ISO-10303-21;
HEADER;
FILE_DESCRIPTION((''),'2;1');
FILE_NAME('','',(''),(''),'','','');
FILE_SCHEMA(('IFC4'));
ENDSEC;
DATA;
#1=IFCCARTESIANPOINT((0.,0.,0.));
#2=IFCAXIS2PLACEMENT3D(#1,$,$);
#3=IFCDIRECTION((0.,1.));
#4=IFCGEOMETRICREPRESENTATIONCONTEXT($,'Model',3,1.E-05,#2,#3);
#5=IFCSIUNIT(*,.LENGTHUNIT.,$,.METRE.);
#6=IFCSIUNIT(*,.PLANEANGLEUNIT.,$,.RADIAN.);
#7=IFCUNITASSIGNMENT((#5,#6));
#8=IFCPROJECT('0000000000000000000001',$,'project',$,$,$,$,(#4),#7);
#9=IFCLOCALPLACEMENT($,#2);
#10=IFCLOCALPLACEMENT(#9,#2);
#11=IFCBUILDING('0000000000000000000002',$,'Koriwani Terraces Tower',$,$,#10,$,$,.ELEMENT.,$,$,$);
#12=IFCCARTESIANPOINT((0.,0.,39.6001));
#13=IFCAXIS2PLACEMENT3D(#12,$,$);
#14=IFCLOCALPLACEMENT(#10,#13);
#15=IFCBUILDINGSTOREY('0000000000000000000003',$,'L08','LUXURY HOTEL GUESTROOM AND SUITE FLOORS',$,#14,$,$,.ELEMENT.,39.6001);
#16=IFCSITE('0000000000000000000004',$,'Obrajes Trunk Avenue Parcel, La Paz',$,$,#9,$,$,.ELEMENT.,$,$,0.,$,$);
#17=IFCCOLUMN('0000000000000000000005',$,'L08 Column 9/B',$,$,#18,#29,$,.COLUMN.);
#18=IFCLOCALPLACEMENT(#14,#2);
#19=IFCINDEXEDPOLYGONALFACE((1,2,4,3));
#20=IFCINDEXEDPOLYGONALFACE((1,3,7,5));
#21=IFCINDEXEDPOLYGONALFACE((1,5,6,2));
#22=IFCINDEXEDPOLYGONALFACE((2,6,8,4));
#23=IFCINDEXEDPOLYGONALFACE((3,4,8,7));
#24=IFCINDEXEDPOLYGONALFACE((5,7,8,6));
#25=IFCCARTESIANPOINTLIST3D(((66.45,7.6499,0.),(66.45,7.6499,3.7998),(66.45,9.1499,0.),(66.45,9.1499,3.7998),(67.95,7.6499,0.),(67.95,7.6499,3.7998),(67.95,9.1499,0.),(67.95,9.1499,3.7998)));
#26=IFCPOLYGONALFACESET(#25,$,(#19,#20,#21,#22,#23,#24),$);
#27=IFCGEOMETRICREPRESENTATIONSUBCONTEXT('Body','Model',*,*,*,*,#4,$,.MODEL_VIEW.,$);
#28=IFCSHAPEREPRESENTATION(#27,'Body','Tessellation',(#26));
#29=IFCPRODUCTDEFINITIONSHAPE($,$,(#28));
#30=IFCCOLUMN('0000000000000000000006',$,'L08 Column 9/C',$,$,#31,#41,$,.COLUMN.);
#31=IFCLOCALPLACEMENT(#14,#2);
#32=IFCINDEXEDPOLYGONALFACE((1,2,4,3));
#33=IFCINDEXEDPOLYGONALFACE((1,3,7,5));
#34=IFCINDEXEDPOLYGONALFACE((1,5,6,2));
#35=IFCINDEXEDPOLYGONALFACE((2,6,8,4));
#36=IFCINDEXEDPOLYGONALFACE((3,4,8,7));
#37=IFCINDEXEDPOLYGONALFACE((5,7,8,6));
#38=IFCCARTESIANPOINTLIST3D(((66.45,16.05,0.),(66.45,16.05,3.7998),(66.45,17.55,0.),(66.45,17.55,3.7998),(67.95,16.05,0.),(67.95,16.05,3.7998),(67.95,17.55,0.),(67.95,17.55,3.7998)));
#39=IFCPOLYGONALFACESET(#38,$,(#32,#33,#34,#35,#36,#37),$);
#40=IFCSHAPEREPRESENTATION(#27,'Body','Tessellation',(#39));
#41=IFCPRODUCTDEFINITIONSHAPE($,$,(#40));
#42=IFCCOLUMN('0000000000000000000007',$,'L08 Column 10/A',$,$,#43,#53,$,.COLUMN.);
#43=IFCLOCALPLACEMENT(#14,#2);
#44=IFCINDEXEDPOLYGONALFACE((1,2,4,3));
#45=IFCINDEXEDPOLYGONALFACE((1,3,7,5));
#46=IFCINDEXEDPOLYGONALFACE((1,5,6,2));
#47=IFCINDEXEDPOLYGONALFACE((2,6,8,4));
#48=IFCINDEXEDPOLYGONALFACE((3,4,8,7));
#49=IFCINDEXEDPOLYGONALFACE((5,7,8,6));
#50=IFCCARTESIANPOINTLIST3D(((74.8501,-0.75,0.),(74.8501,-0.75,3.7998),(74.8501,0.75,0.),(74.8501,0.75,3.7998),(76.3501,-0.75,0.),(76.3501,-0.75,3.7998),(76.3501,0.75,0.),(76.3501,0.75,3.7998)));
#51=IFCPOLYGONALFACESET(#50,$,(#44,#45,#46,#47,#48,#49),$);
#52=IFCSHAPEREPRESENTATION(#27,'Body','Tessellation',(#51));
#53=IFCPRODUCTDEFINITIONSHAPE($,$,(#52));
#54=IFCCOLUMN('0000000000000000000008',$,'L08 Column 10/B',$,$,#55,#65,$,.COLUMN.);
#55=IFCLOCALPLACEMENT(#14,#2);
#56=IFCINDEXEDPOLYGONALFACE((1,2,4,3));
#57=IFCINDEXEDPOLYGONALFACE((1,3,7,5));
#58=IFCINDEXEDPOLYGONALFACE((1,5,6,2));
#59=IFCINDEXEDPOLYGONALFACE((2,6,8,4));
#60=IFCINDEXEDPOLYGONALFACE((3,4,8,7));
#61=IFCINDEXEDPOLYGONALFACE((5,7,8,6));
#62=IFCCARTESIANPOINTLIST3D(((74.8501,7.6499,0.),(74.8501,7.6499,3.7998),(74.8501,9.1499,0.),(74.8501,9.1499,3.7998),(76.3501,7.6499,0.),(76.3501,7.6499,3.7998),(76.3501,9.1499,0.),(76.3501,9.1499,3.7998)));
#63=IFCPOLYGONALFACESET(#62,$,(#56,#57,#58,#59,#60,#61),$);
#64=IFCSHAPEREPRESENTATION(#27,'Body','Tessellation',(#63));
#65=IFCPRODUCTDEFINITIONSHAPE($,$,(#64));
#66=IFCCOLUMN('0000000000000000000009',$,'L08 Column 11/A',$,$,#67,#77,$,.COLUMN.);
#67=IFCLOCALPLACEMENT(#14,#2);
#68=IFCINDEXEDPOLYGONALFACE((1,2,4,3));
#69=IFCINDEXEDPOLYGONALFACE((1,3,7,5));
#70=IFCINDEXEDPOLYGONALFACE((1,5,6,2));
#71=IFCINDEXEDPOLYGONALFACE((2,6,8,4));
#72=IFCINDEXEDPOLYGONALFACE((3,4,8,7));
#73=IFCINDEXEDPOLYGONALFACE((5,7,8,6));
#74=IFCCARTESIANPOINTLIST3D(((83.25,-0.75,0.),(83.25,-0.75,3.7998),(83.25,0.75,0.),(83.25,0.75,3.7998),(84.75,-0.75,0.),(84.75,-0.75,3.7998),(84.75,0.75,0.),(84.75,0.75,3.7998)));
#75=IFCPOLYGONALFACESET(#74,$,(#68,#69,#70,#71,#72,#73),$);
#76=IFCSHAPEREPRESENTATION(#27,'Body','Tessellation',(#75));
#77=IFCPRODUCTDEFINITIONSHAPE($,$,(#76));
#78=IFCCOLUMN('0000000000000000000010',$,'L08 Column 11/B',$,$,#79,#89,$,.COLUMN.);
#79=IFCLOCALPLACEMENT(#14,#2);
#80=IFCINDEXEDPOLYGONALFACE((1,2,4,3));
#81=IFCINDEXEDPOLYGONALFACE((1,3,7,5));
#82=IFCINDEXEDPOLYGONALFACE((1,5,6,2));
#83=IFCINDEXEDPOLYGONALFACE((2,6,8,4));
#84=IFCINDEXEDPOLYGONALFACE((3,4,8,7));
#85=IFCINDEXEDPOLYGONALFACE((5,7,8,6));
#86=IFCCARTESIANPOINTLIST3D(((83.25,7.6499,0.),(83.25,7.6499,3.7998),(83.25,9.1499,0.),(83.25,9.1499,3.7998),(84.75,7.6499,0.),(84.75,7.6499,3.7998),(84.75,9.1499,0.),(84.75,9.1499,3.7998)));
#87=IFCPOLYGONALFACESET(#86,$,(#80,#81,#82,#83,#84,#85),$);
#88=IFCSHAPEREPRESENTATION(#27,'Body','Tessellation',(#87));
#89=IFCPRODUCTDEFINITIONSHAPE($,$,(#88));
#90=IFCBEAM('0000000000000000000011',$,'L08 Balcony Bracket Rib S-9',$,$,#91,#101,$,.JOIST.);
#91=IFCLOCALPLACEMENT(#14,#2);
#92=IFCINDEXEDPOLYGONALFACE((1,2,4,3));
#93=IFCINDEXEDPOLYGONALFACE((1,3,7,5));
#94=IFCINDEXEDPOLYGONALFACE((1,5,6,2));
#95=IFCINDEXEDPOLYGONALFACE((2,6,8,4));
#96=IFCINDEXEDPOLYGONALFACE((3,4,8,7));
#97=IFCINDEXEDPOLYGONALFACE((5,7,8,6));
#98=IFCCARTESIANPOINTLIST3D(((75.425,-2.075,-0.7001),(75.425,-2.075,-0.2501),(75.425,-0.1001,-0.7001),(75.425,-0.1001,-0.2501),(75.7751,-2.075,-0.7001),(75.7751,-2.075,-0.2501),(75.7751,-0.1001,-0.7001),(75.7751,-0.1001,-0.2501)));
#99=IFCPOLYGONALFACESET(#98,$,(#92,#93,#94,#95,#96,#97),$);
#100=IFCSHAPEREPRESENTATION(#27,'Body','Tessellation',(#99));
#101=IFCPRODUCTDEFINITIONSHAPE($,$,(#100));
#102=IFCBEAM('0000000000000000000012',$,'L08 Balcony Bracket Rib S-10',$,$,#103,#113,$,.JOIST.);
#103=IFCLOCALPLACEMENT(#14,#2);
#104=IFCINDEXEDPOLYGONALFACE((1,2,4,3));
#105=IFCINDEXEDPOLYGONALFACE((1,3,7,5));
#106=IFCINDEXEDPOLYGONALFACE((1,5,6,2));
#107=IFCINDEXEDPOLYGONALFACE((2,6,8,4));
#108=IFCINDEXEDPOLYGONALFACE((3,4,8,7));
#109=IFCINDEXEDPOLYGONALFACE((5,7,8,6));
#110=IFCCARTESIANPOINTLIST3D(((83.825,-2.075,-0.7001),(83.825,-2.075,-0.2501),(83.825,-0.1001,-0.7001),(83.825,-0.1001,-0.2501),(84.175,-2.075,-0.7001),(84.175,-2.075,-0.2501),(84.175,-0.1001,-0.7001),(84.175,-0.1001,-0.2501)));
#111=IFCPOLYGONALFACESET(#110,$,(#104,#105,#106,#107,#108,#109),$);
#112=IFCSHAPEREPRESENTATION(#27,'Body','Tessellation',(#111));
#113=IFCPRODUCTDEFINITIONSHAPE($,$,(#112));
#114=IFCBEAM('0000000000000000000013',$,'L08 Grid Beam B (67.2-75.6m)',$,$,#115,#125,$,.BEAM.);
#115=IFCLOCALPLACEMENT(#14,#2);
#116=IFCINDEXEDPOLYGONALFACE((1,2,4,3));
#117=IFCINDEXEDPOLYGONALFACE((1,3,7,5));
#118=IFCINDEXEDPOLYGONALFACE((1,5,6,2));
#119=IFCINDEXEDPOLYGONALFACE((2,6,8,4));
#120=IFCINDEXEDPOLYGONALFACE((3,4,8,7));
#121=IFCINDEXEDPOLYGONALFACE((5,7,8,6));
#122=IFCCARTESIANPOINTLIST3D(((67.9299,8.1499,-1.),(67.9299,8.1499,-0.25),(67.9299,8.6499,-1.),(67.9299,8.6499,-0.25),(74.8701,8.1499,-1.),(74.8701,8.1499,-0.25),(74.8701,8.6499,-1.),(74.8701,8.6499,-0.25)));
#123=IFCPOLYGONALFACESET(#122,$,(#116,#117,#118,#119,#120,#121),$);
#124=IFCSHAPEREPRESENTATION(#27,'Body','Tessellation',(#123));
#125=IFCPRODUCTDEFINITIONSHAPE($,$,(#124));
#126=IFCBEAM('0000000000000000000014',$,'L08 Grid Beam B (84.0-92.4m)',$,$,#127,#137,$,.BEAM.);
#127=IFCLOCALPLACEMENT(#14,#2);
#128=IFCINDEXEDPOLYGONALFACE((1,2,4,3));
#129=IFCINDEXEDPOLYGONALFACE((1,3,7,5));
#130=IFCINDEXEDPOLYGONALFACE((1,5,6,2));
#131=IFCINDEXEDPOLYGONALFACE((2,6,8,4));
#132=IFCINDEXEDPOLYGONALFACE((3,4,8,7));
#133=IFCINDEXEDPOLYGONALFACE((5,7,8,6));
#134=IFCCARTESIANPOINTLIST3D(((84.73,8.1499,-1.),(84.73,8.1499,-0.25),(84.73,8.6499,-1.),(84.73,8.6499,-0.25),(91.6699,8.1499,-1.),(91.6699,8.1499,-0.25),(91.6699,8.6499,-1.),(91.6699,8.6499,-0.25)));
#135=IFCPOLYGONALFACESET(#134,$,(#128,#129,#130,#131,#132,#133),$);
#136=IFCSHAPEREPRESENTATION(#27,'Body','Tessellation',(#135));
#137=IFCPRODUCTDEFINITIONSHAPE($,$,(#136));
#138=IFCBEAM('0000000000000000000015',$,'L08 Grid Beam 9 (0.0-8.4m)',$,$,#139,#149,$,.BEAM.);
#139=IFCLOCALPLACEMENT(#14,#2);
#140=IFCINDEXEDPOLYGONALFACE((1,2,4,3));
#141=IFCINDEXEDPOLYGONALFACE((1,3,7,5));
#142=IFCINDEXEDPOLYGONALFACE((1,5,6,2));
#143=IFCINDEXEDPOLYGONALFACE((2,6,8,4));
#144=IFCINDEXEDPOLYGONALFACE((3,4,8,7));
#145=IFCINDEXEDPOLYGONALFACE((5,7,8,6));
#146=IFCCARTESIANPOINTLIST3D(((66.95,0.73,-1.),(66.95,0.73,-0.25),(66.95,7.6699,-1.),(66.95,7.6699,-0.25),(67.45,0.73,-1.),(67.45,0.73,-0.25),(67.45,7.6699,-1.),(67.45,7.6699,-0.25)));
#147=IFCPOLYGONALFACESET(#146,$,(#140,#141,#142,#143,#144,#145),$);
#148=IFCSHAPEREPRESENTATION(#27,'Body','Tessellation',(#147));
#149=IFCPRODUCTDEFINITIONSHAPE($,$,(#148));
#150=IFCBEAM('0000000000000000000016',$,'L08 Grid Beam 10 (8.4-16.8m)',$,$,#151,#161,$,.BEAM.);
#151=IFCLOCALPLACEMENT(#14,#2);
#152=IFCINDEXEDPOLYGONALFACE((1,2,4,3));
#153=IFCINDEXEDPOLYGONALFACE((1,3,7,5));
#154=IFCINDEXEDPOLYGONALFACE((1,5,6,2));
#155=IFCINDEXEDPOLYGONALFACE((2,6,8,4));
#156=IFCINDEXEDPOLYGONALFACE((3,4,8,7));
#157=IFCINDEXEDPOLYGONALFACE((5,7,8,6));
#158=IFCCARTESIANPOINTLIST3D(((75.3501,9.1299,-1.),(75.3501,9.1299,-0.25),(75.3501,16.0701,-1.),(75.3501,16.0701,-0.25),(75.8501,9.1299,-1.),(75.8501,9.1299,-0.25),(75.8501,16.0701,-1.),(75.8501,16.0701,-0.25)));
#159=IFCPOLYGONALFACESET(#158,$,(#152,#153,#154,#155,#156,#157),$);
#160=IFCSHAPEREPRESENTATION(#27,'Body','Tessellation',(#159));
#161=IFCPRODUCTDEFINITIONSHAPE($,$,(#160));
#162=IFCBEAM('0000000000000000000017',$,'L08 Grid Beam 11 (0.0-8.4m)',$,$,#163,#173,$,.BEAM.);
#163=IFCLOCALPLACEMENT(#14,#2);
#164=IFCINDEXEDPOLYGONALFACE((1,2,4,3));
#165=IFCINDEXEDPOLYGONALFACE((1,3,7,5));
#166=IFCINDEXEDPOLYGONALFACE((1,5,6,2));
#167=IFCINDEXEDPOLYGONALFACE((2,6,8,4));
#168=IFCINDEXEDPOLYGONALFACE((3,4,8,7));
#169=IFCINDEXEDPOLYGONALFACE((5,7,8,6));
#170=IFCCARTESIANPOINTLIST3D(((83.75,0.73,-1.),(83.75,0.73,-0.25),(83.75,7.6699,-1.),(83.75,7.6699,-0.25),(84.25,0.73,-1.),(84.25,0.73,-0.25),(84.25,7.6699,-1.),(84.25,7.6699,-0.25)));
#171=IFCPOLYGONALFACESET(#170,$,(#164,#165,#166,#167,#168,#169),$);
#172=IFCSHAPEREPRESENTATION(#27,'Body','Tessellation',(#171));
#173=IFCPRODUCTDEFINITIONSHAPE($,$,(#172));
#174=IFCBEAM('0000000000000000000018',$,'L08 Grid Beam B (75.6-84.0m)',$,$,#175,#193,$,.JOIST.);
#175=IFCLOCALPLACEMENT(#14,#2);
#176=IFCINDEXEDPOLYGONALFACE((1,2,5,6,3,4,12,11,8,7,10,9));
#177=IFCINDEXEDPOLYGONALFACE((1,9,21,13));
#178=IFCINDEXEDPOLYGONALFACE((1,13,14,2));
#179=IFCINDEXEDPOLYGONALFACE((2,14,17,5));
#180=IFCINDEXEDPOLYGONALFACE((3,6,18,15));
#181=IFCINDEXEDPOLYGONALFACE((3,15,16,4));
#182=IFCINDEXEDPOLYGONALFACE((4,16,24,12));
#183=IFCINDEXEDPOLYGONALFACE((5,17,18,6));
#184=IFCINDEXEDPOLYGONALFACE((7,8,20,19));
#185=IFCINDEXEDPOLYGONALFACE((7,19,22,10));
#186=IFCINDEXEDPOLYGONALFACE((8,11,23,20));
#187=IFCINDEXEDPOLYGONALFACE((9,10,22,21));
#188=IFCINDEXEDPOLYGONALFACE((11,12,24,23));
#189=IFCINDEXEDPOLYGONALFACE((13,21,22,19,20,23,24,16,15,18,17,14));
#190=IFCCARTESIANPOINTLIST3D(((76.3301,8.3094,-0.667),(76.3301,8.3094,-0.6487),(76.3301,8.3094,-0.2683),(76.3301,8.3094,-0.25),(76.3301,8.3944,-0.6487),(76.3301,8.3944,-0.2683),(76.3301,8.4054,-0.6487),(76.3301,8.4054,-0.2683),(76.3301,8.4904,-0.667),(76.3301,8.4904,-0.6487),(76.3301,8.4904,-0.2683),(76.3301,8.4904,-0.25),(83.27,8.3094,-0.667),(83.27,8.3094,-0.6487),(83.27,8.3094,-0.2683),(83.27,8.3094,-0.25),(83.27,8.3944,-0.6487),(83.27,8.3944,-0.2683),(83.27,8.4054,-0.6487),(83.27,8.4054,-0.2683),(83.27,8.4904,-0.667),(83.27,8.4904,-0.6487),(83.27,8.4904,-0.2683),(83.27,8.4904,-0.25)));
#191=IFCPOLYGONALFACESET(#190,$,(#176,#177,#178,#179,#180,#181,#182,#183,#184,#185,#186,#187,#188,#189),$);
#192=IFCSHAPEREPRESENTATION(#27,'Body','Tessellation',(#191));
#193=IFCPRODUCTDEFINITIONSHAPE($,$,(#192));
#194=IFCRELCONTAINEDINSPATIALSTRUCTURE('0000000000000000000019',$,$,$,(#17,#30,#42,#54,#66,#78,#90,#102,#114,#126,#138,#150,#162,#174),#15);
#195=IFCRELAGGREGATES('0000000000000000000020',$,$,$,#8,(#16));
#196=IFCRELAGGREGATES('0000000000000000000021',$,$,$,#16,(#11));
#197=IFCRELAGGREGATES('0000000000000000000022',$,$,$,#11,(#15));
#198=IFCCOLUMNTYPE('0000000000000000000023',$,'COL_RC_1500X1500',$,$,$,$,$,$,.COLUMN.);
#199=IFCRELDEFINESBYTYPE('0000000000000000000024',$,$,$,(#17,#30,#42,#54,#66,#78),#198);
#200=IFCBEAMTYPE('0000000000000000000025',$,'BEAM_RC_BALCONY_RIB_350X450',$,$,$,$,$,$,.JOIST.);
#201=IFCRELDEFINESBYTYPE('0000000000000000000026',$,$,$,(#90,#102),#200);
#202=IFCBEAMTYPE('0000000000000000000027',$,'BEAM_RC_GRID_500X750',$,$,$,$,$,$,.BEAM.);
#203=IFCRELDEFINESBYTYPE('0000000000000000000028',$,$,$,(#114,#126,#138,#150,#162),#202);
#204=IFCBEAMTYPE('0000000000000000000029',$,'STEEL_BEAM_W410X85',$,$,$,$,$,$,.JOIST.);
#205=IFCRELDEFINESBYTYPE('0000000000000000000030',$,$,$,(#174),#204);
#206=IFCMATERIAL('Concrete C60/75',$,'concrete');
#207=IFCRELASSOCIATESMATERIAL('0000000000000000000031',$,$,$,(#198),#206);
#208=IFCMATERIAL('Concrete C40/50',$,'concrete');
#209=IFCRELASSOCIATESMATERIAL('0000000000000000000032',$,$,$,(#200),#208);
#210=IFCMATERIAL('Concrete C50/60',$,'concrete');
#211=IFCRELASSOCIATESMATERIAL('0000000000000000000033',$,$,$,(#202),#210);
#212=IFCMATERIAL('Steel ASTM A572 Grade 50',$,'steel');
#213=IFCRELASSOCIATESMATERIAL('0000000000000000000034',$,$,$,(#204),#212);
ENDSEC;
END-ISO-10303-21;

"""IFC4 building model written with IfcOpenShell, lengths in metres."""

from ifc_helpers import new_model, si_unit, direction, frame, origin, origin_2d, place, context, subcontext, project, spatial, rectangle, i_section, extrude, material, material_profile, profile_set, type_object, element, save


model = new_model("IFC4")

# Units and contexts
model_context = context("Model", 3, precision=1e-05, world=origin(), true_north=direction((0.0, 1.0)))
body_context = subcontext(model_context, "Body", "Model", "MODEL_VIEW")
ifc_project = project(units=[si_unit("LENGTHUNIT", "METRE"), si_unit("PLANEANGLEUNIT", "RADIAN")], contexts=[model_context])

# Site, building, storey
site_placement = place(None, origin())
site = spatial("IfcSite", under=ifc_project, at=site_placement, Name="Obrajes Trunk Avenue Parcel, La Paz", CompositionType="ELEMENT", RefElevation=0.0)
building_placement = place(site_placement, origin())
building = spatial("IfcBuilding", under=site, at=building_placement, Name="Koriwani Terraces Tower", CompositionType="ELEMENT")
storey_placement = place(building_placement, frame((0.0, 0.0, 39.6001)))
storey = spatial("IfcBuildingStorey", under=building, at=storey_placement, Name="L08", Description="LUXURY HOTEL GUESTROOM AND SUITE FLOORS", CompositionType="ELEMENT", Elevation=39.6001)

# Columns
ifc_material_1 = material(Name="Concrete C60/75", Category="concrete")
ifc_material_profile_1 = material_profile(ifc_material_1, rectangle(XDim=1.5, YDim=1.5, at=origin_2d()), Name="Concrete C60/75", Category="LoadBearing")
ifc_profile_set_1 = profile_set([ifc_material_profile_1], Name="Concrete C60/75")
column_type = type_object("IfcColumnType", Name="COL_RC_1500X1500", PredefinedType="COLUMN", material=ifc_profile_set_1)
for number, where, z_axis, x_axis, name in (
    (1, (67.2, 8.3999, 0.0), (0.0, 0.0, 1.0), (1.0, 0.0, 0.0), "L08 Column 9/B"),
    (2, (67.2, 16.8, 0.0), (0.0, 0.0, 1.0), (1.0, 0.0, 0.0), "L08 Column 9/C"),
    (3, (75.6001, 0.0, 0.0), (0.0, 0.0, 1.0), (1.0, 0.0, 0.0), "L08 Column 10/A"),
    (4, (75.6001, 8.3999, 0.0), (0.0, 0.0, 1.0), (1.0, 0.0, 0.0), "L08 Column 10/B"),
    (5, (84.0, 0.0, 0.0), (0.0, 0.0, 1.0), (1.0, 0.0, 0.0), "L08 Column 11/A"),
    (6, (84.0, 8.3999, 0.0), (0.0, 0.0, 1.0), (1.0, 0.0, 0.0), "L08 Column 11/B"),
):
    element("IfcColumn", number, at=place(storey_placement, frame(where, z_axis=z_axis, x_axis=x_axis)), inside=storey, type_object=column_type, Name=name, PredefinedType="COLUMN", context=body_context, shape_type="SweptSolid", body=[
        extrude(rectangle(XDim=1.5, YDim=1.5, at=origin_2d()), origin(), (0.0, 0.0, 1.0), 3.7998),
    ])

# Beams
ifc_material_2 = material(Name="Concrete C40/50", Category="concrete")
ifc_material_profile_2 = material_profile(ifc_material_2, rectangle(XDim=0.3501, YDim=0.45, at=origin_2d()), Name="Concrete C40/50", Category="LoadBearing")
ifc_profile_set_2 = profile_set([ifc_material_profile_2], Name="Concrete C40/50")
beam_type_1 = type_object("IfcBeamType", Name="BEAM_RC_BALCONY_RIB_350X450", PredefinedType="JOIST", material=ifc_profile_set_2)
for number, where, z_axis, x_axis, name in (
    (7, (75.6001, -2.075, -0.4751), (0.0, 1.0, 0.0), (-1.0, 0.0, 0.0), "L08 Balcony Bracket Rib S-9"),
    (8, (84.0, -2.075, -0.4751), (0.0, 1.0, 0.0), (-1.0, 0.0, 0.0), "L08 Balcony Bracket Rib S-10"),
):
    element("IfcBeam", number, at=place(storey_placement, frame(where, z_axis=z_axis, x_axis=x_axis)), inside=storey, type_object=beam_type_1, Name=name, PredefinedType="JOIST", context=body_context, shape_type="SweptSolid", body=[
        extrude(rectangle(XDim=0.3501, YDim=0.45, at=origin_2d()), origin(), (0.0, 0.0, 1.0), 1.9749),
    ])
ifc_material_3 = material(Name="Concrete C50/60", Category="concrete")
ifc_material_profile_3 = material_profile(ifc_material_3, rectangle(XDim=0.5, YDim=0.75, at=origin_2d()), Name="Concrete C50/60", Category="LoadBearing")
ifc_profile_set_3 = profile_set([ifc_material_profile_3], Name="Concrete C50/60")
beam_type_2 = type_object("IfcBeamType", Name="BEAM_RC_GRID_500X750", PredefinedType="BEAM", material=ifc_profile_set_3)
beam_1_placement = place(storey_placement, frame((67.9299, 8.3999, -0.625), z_axis=(1.0, 0.0, 0.0), x_axis=(0.0, 1.0, 0.0)))
element("IfcBeam", 9, at=beam_1_placement, inside=storey, type_object=beam_type_2, Name="L08 Grid Beam B (67.2-75.6m)", PredefinedType="BEAM", context=body_context, shape_type="SweptSolid", body=[
    extrude(rectangle(XDim=0.5, YDim=0.75, at=origin_2d()), origin(), (0.0, 0.0, 1.0), 6.9402),
])
for number, where, z_axis, x_axis, name in (
    (10, (84.73, 8.3999, -0.625), (1.0, 0.0, 0.0), (0.0, 1.0, 0.0), "L08 Grid Beam B (84.0-92.4m)"),
    (11, (67.2, 0.73, -0.625), (0.0, 1.0, 0.0), (-1.0, 0.0, 0.0), "L08 Grid Beam 9 (0.0-8.4m)"),
):
    element("IfcBeam", number, at=place(storey_placement, frame(where, z_axis=z_axis, x_axis=x_axis)), inside=storey, type_object=beam_type_2, Name=name, PredefinedType="BEAM", context=body_context, shape_type="SweptSolid", body=[
        extrude(rectangle(XDim=0.5, YDim=0.75, at=origin_2d()), origin(), (0.0, 0.0, 1.0), 6.9399),
    ])
beam_2_placement = place(storey_placement, frame((75.6001, 9.1299, -0.625), z_axis=(0.0, 1.0, 0.0), x_axis=(-1.0, 0.0, 0.0)))
element("IfcBeam", 12, at=beam_2_placement, inside=storey, type_object=beam_type_2, Name="L08 Grid Beam 10 (8.4-16.8m)", PredefinedType="BEAM", context=body_context, shape_type="SweptSolid", body=[
    extrude(rectangle(XDim=0.5, YDim=0.75, at=origin_2d()), origin(), (0.0, 0.0, 1.0), 6.9402),
])
beam_3_placement = place(storey_placement, frame((84.0, 0.73, -0.625), z_axis=(0.0, 1.0, 0.0), x_axis=(-1.0, 0.0, 0.0)))
element("IfcBeam", 13, at=beam_3_placement, inside=storey, type_object=beam_type_2, Name="L08 Grid Beam 11 (0.0-8.4m)", PredefinedType="BEAM", context=body_context, shape_type="SweptSolid", body=[
    extrude(rectangle(XDim=0.5, YDim=0.75, at=origin_2d()), origin(), (0.0, 0.0, 1.0), 6.9399),
])
ifc_material_4 = material(Name="Steel ASTM A572 Grade 50", Category="steel")
ifc_material_profile_4 = material_profile(ifc_material_4, i_section(OverallWidth=0.1809, OverallDepth=0.417, WebThickness=0.011, FlangeThickness=0.0183, at=origin_2d()), Name="Steel ASTM A572 Grade 50", Category="LoadBearing")
ifc_profile_set_4 = profile_set([ifc_material_profile_4], Name="Steel ASTM A572 Grade 50")
beam_type_3 = type_object("IfcBeamType", Name="STEEL_BEAM_W410X85", PredefinedType="JOIST", material=ifc_profile_set_4)
beam_4_placement = place(storey_placement, frame((76.3301, 8.3999, -0.4585), z_axis=(1.0, 0.0, 0.0), x_axis=(0.0, 1.0, 0.0)))
element("IfcBeam", 14, at=beam_4_placement, inside=storey, type_object=beam_type_3, Name="L08 Grid Beam B (75.6-84.0m)", PredefinedType="JOIST", context=body_context, shape_type="SweptSolid", body=[
    extrude(i_section(OverallWidth=0.1809, OverallDepth=0.417, WebThickness=0.011, FlangeThickness=0.0183, at=origin_2d()), origin(), (0.0, 0.0, 1.0), 6.9399),
])

save(model, "model.ifc")
